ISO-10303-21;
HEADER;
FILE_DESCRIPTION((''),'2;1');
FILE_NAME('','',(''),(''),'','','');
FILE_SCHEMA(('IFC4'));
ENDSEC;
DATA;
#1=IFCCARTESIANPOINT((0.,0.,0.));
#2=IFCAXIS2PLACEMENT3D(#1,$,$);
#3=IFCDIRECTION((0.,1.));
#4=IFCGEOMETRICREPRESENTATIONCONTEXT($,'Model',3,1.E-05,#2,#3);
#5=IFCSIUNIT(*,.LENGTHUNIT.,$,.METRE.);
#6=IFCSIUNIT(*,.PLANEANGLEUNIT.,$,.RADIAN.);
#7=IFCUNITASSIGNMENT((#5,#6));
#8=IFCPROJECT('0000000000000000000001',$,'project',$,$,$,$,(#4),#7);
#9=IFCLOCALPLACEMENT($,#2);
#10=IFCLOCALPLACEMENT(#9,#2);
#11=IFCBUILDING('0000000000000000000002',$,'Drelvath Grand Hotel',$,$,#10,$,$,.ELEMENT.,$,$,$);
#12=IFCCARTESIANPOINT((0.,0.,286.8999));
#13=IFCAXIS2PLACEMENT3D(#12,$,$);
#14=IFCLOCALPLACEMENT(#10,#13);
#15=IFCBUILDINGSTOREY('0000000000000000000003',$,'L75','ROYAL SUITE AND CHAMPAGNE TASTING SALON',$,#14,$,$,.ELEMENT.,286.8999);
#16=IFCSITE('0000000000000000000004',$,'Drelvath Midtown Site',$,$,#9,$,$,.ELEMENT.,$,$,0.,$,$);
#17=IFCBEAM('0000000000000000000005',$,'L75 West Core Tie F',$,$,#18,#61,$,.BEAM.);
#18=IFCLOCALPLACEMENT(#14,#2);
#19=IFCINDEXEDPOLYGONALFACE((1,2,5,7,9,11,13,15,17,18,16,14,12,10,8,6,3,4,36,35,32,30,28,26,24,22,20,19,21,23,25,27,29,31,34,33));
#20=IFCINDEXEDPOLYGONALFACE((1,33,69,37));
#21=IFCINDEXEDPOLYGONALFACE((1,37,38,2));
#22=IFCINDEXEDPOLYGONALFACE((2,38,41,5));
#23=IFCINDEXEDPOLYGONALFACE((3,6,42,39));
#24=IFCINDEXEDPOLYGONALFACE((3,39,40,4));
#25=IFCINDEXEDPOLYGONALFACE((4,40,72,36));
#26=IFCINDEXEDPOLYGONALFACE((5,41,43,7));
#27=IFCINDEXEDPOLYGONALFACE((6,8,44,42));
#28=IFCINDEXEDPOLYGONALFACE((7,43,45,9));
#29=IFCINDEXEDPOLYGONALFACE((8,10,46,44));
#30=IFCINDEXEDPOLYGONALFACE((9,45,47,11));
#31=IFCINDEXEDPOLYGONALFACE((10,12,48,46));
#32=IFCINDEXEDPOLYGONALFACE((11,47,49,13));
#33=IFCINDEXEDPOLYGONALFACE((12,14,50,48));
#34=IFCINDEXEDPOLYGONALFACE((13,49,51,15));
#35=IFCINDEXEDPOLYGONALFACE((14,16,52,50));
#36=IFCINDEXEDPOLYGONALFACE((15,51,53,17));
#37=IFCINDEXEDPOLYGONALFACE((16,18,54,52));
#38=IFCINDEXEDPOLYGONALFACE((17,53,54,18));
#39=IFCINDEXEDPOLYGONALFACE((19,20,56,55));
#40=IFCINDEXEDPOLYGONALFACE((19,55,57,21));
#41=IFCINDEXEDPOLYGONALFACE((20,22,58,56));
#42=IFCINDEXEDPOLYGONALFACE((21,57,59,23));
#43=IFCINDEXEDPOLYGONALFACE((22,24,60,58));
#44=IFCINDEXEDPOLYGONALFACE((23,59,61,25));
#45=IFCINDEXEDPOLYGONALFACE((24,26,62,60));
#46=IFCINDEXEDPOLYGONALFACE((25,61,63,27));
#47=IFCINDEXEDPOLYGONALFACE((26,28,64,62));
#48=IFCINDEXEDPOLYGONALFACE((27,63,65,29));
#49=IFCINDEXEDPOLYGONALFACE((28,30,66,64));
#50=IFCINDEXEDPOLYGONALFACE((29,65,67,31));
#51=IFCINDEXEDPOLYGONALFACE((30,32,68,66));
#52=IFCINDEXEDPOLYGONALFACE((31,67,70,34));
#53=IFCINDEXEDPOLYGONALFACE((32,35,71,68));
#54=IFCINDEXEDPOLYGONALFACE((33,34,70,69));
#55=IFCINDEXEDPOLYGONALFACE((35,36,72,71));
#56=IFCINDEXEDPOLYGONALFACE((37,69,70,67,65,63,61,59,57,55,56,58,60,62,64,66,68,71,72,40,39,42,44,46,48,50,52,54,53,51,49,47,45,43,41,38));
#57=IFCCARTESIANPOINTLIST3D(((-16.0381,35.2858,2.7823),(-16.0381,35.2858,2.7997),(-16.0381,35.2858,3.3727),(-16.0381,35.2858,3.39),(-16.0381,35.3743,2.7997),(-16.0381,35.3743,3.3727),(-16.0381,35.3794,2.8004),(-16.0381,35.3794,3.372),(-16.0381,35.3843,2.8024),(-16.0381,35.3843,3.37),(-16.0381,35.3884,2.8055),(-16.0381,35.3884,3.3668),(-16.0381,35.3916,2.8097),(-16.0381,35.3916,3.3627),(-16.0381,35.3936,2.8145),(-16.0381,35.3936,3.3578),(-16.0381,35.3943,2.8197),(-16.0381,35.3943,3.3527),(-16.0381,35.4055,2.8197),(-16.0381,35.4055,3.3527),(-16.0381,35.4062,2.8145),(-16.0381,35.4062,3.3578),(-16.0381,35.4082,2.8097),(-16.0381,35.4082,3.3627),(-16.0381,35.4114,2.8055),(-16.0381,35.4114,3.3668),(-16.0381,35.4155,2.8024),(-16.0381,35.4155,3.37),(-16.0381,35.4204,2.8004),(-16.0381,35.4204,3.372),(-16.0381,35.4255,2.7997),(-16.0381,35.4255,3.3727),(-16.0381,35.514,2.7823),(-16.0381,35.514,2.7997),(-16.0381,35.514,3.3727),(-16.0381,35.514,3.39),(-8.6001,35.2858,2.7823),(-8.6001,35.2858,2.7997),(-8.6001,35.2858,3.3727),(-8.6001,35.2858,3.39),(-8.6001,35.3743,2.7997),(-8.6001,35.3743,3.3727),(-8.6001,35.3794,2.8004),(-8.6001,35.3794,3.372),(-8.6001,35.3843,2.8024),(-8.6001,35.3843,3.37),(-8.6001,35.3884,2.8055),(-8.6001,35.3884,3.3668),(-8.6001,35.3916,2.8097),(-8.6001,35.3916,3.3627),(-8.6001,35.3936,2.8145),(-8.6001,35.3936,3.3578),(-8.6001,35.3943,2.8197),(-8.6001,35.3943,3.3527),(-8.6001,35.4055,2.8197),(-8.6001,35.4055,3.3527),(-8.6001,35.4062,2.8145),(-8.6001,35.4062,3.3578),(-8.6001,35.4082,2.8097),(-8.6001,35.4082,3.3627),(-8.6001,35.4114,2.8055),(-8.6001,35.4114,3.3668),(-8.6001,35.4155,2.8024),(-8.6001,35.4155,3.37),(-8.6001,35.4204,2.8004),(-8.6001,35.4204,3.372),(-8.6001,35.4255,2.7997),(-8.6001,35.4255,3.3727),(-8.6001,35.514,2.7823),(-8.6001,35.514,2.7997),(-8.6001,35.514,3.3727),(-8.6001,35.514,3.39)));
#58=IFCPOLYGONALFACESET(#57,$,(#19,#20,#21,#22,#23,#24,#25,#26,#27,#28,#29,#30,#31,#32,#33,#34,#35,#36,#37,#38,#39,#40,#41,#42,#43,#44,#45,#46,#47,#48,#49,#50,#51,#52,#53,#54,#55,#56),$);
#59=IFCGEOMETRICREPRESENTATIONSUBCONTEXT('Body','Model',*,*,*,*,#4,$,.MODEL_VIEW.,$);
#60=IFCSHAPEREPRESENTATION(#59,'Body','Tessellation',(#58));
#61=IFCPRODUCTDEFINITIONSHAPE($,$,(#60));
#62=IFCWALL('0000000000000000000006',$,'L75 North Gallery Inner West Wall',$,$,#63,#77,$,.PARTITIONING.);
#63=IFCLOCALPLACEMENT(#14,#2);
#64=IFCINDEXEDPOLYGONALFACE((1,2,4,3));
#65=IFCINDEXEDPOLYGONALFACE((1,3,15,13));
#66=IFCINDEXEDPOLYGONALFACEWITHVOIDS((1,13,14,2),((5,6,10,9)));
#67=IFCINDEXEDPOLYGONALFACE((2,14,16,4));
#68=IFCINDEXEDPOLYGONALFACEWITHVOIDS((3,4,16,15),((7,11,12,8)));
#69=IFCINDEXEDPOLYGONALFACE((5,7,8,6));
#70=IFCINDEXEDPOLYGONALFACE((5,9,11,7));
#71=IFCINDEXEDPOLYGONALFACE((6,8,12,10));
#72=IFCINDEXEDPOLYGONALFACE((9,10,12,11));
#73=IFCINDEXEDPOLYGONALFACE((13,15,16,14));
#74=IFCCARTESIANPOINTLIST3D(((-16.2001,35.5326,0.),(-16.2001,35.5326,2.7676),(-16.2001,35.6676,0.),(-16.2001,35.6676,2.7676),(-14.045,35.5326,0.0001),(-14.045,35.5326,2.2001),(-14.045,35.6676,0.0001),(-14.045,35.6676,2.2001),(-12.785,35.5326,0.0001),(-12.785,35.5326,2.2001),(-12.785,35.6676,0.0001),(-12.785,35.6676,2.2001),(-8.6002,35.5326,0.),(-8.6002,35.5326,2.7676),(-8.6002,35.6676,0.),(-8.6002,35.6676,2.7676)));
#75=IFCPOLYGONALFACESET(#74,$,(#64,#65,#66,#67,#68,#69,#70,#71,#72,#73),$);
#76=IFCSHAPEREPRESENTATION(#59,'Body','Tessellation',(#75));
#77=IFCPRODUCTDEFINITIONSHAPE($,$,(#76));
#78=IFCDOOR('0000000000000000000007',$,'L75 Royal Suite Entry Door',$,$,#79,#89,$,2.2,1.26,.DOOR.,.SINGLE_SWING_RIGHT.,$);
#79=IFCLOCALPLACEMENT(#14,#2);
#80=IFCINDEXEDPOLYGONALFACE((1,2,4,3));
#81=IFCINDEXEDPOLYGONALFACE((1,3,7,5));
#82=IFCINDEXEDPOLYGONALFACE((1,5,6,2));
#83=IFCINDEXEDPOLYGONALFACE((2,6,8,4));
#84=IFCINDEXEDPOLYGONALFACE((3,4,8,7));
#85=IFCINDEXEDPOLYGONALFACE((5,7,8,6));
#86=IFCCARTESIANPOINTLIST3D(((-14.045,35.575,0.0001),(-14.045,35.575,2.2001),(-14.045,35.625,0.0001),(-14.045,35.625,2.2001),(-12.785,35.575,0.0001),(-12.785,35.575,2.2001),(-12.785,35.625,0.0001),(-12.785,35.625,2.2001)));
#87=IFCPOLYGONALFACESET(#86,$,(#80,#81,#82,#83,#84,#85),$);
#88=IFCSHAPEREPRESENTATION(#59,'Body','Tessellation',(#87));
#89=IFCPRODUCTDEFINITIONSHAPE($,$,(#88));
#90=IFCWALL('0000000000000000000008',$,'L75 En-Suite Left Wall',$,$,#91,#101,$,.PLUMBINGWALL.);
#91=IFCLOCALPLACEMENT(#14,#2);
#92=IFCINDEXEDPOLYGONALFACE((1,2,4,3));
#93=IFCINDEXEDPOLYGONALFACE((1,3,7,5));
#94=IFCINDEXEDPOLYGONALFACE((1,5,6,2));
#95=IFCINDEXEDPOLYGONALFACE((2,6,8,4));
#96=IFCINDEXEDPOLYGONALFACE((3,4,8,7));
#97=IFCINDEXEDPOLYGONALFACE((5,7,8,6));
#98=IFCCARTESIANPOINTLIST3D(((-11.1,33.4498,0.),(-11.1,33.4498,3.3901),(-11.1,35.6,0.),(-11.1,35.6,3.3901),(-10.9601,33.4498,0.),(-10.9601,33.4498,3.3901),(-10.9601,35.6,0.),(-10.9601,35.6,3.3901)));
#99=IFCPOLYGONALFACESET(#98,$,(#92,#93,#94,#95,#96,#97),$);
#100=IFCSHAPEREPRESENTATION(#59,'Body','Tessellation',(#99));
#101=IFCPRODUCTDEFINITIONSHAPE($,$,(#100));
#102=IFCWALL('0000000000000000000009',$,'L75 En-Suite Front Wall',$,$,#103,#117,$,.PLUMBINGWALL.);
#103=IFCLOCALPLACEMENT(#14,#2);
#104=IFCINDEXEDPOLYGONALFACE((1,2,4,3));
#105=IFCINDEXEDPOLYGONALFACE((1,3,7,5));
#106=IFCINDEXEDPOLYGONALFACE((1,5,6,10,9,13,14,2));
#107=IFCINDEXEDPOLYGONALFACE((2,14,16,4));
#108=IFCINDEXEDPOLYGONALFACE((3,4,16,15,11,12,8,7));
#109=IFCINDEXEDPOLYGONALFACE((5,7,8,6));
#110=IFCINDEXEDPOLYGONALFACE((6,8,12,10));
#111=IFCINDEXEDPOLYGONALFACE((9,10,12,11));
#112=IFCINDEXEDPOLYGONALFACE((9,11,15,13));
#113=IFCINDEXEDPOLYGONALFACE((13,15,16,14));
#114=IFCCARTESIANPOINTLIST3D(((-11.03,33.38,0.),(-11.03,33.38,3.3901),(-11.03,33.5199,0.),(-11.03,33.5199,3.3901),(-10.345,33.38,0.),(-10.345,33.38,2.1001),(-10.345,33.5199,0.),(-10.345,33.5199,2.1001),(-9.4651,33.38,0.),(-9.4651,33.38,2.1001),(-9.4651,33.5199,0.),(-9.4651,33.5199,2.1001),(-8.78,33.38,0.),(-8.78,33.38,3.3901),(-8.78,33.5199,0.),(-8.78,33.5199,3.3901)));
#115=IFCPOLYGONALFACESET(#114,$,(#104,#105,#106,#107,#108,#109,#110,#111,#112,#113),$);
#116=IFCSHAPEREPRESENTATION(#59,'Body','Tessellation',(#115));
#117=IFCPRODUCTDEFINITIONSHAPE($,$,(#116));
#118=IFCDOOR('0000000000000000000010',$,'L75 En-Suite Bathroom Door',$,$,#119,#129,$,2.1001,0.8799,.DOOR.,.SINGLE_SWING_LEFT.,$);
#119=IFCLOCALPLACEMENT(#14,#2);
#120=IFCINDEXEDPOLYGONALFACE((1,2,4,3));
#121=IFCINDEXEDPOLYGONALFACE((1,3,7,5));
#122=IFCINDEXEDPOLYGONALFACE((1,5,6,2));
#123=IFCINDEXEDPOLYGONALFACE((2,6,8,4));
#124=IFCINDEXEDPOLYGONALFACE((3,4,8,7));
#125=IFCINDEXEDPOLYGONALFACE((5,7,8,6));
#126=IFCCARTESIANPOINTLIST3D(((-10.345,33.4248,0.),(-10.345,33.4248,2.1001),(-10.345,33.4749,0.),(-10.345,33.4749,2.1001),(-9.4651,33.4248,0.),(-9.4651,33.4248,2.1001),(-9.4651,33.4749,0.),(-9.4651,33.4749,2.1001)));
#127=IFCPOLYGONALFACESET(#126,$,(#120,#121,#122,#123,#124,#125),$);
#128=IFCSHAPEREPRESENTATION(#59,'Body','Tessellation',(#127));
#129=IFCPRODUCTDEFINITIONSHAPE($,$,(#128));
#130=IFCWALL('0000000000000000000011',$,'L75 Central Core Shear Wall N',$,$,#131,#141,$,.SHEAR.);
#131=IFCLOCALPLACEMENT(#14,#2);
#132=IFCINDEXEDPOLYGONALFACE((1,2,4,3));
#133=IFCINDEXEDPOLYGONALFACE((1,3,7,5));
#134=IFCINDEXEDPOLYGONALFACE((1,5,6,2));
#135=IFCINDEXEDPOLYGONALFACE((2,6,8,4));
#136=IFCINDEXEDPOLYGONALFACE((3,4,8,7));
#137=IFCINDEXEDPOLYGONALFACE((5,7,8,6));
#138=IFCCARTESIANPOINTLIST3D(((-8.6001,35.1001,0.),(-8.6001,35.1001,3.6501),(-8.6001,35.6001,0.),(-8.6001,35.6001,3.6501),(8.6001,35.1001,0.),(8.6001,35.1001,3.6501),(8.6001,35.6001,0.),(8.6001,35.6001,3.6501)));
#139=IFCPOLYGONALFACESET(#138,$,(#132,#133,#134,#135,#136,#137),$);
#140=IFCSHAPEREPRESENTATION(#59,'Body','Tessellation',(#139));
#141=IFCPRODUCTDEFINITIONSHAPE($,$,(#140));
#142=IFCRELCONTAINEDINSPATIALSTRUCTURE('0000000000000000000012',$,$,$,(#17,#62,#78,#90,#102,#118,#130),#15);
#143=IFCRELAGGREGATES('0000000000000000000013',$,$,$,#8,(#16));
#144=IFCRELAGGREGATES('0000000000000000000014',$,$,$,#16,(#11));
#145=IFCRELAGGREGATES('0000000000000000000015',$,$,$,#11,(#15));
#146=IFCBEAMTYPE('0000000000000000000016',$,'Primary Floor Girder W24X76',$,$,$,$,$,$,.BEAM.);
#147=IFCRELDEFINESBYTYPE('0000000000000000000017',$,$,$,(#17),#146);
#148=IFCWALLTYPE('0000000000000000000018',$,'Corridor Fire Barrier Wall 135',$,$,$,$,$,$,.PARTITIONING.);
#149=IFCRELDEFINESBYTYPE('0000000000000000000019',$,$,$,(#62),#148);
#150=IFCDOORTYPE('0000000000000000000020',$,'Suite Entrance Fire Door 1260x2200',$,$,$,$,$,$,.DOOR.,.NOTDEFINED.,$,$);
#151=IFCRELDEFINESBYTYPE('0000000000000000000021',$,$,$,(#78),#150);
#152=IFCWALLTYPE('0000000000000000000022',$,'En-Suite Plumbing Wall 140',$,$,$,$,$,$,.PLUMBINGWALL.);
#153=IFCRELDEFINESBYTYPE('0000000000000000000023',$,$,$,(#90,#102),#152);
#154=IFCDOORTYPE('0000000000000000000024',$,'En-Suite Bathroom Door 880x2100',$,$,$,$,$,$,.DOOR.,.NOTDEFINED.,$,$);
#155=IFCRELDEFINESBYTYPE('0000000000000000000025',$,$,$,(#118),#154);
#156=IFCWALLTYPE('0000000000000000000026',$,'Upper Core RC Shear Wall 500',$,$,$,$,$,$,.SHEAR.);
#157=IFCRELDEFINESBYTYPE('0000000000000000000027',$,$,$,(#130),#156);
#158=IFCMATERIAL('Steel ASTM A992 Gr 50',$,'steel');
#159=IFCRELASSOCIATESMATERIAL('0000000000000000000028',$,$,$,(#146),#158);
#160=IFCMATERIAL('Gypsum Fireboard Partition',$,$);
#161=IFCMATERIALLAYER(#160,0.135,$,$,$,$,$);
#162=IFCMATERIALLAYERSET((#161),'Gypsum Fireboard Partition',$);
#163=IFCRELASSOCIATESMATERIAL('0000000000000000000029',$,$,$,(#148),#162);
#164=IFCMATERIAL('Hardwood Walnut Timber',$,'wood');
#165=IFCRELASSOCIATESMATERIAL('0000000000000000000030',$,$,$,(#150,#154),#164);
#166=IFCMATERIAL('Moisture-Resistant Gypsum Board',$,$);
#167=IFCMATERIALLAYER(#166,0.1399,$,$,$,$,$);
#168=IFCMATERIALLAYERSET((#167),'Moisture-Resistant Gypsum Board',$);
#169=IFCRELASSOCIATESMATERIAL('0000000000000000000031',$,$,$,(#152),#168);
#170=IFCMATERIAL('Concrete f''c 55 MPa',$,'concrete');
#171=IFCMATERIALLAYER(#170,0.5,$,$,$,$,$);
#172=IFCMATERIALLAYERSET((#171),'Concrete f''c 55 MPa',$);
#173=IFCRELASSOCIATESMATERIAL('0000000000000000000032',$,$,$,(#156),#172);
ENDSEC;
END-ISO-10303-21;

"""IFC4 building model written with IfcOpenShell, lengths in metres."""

from ifc_helpers import new_model, si_unit, direction, frame, frame_2d, origin, origin_2d, place, context, subcontext, project, spatial, rectangle, i_section, extrude, material, layer, layer_set, material_profile, profile_set, type_object, element, fill, save


model = new_model("IFC4")

# Units and contexts
model_context = context("Model", 3, precision=1e-05, world=origin(), true_north=direction((0.0, 1.0)))
body_context = subcontext(model_context, "Body", "Model", "MODEL_VIEW")
ifc_project = project(units=[si_unit("LENGTHUNIT", "METRE"), si_unit("PLANEANGLEUNIT", "RADIAN")], contexts=[model_context])

# Site, building, storey
site_placement = place(None, origin())
site = spatial("IfcSite", under=ifc_project, at=site_placement, Name="Drelvath Midtown Site", CompositionType="ELEMENT", RefElevation=0.0)
building_placement = place(site_placement, origin())
building = spatial("IfcBuilding", under=site, at=building_placement, Name="Drelvath Grand Hotel", CompositionType="ELEMENT")
storey_placement = place(building_placement, frame((0.0, 0.0, 286.8999)))
storey = spatial("IfcBuildingStorey", under=building, at=storey_placement, Name="L75", Description="ROYAL SUITE AND CHAMPAGNE TASTING SALON", CompositionType="ELEMENT", Elevation=286.8999)

# Beam
ifc_material_1 = material(Name="Concrete f'c 55 MPa", Category="concrete")
ifc_material_2 = material(Name="Steel ASTM A992 Gr 50", Category="steel")
ifc_material_profile_1 = material_profile(ifc_material_2, i_section(OverallWidth=0.2283, OverallDepth=0.6077, WebThickness=0.0112, FlangeThickness=0.0173, FilletRadius=0.02, at=origin_2d()), Name="W24X76")
ifc_profile_set_1 = profile_set([ifc_material_profile_1], Name="Steel ASTM A992 Gr 50")
beam_type_1 = type_object("IfcBeamType", Name="Primary Floor Girder W24X76", PredefinedType="BEAM", material=ifc_profile_set_1)
for number, where, z_axis, x_axis, name in (
    (1, (-16.0381, 35.3999, 3.0862), (1.0, 0.0, 0.0), (0.0, 1.0, 0.0), "L75 West Core Tie F"),
):
    element("IfcBeam", number, at=place(storey_placement, frame(where, z_axis=z_axis, x_axis=x_axis)), inside=storey, type_object=beam_type_1, Name=name, PredefinedType="BEAM", context=body_context, shape_type="SweptSolid", body=[
        extrude(i_section(OverallWidth=0.2283, OverallDepth=0.6077, WebThickness=0.0112, FlangeThickness=0.0173, FilletRadius=0.02, at=origin_2d()), origin(), (0.0, 0.0, 1.0), 7.438),
    ])

# Wall, opening, door
ifc_material_3 = material(Name="Gypsum Fireboard Partition")
ifc_layer_1 = layer(ifc_material_3, 0.135)
ifc_layer_set_1 = layer_set([ifc_layer_1], Name="Gypsum Fireboard Partition")
wall_type_1 = type_object("IfcWallType", Name="Corridor Fire Barrier Wall 135", PredefinedType="PARTITIONING", material=ifc_layer_set_1)
wall_1_placement = place(storey_placement, frame((-16.2, 35.6001, 0.0), z_axis=(0.0, 0.0, 1.0), x_axis=(1.0, 0.0, 0.0)))
wall_1 = element("IfcWall", 2, at=wall_1_placement, inside=storey, type_object=wall_type_1, Name="L75 North Gallery Inner West Wall", PredefinedType="PARTITIONING", context=body_context, shape_type="SweptSolid", body=[
    extrude(rectangle(XDim=7.5999, YDim=0.135, at=frame_2d((3.7998, 0.0))), origin(), (0.0, 0.0, 1.0), 2.7676),
])
opening_1_placement = place(wall_1_placement, frame((2.155, 0.0, 0.0)))
opening_1 = element("IfcOpeningElement", 3, at=opening_1_placement, cuts=wall_1, PredefinedType="OPENING", context=body_context, shape_type="SweptSolid", body=[
    extrude(rectangle(XDim=1.26, YDim=2.2, at=frame_2d((0.6299, 1.1001))), frame((0.0, 0.0774, 0.0), z_axis=(0.0, -1.0, 0.0), x_axis=(1.0, 0.0, 0.0)), (0.0, 0.0, 1.0), 0.155),
])
ifc_material_4 = material(Name="Hardwood Walnut Timber", Category="wood")
door_type_1 = type_object("IfcDoorType", Name="Suite Entrance Fire Door 1260x2200", OperationType="NOTDEFINED", PredefinedType="DOOR", material=ifc_material_4)
door_1_placement = place(opening_1_placement, origin())
door_1 = element("IfcDoor", 4, at=door_1_placement, inside=storey, type_object=door_type_1, Name="L75 Royal Suite Entry Door", OperationType="SINGLE_SWING_RIGHT", OverallHeight=2.2, OverallWidth=1.26, PredefinedType="DOOR", context=body_context, shape_type="SweptSolid", body=[
    extrude(rectangle(XDim=1.26, YDim=2.2, at=frame_2d((0.6299, 1.1001))), frame((0.0, 0.0249, 0.0), z_axis=(0.0, -1.0, 0.0), x_axis=(1.0, 0.0, 0.0)), (0.0, 0.0, 1.0), 0.05),
])
fill(opening_1, door_1)

# Wall
ifc_material_5 = material(Name="Moisture-Resistant Gypsum Board")
ifc_layer_2 = layer(ifc_material_5, 0.1399)
ifc_layer_set_2 = layer_set([ifc_layer_2], Name="Moisture-Resistant Gypsum Board")
wall_type_2 = type_object("IfcWallType", Name="En-Suite Plumbing Wall 140", PredefinedType="PLUMBINGWALL", material=ifc_layer_set_2)
wall_2_placement = place(storey_placement, frame((-11.03, 35.6001, 0.0), z_axis=(0.0, 0.0, 1.0), x_axis=(0.0, -1.0, 0.0)))
element("IfcWall", 5, at=wall_2_placement, inside=storey, type_object=wall_type_2, Name="L75 En-Suite Left Wall", PredefinedType="PLUMBINGWALL", context=body_context, shape_type="SweptSolid", body=[
    extrude(rectangle(XDim=2.1501, YDim=0.1399, at=frame_2d((1.0752, 0.0))), origin(), (0.0, 0.0, 1.0), 3.3901),
])

# Wall, opening, door
wall_3_placement = place(storey_placement, frame((-11.03, 33.45, 0.0), z_axis=(0.0, 0.0, 1.0), x_axis=(1.0, 0.0, 0.0)))
wall_3 = element("IfcWall", 6, at=wall_3_placement, inside=storey, type_object=wall_type_2, Name="L75 En-Suite Front Wall", PredefinedType="PLUMBINGWALL", context=body_context, shape_type="SweptSolid", body=[
    extrude(rectangle(XDim=2.25, YDim=0.1399, at=frame_2d((1.125, 0.0))), origin(), (0.0, 0.0, 1.0), 3.3901),
])
opening_2_placement = place(wall_3_placement, frame((0.6851, 0.0, 0.0)))
opening_2 = element("IfcOpeningElement", 7, at=opening_2_placement, cuts=wall_3, PredefinedType="OPENING", context=body_context, shape_type="SweptSolid", body=[
    extrude(rectangle(XDim=0.8799, YDim=2.1001, at=frame_2d((0.4399, 1.05))), frame((0.0, 0.0798, 0.0), z_axis=(0.0, -1.0, 0.0), x_axis=(1.0, 0.0, 0.0)), (0.0, 0.0, 1.0), 0.1599),
])
door_type_2 = type_object("IfcDoorType", Name="En-Suite Bathroom Door 880x2100", OperationType="NOTDEFINED", PredefinedType="DOOR", material=ifc_material_4)
door_2_placement = place(opening_2_placement, origin())
door_2 = element("IfcDoor", 8, at=door_2_placement, inside=storey, type_object=door_type_2, Name="L75 En-Suite Bathroom Door", OperationType="SINGLE_SWING_LEFT", OverallHeight=2.1001, OverallWidth=0.8799, PredefinedType="DOOR", context=body_context, shape_type="SweptSolid", body=[
    extrude(rectangle(XDim=0.8799, YDim=2.1001, at=frame_2d((0.4399, 1.05))), frame((0.0, 0.0249, 0.0), z_axis=(0.0, -1.0, 0.0), x_axis=(1.0, 0.0, 0.0)), (0.0, 0.0, 1.0), 0.05),
])
fill(opening_2, door_2)

# Wall
ifc_layer_3 = layer(ifc_material_1, 0.5)
ifc_layer_set_3 = layer_set([ifc_layer_3], Name="Concrete f'c 55 MPa")
wall_type_3 = type_object("IfcWallType", Name="Upper Core RC Shear Wall 500", PredefinedType="SHEAR", material=ifc_layer_set_3)
wall_4_placement = place(storey_placement, frame((-8.6001, 35.3501, 0.0), z_axis=(0.0, 0.0, 1.0), x_axis=(1.0, 0.0, 0.0)))
element("IfcWall", 9, at=wall_4_placement, inside=storey, type_object=wall_type_3, Name="L75 Central Core Shear Wall N", PredefinedType="SHEAR", context=body_context, shape_type="SweptSolid", body=[
    extrude(rectangle(XDim=17.2002, YDim=0.5, at=frame_2d((8.6001, 0.0))), origin(), (0.0, 0.0, 1.0), 3.6501),
])

save(model, "model.ifc")
